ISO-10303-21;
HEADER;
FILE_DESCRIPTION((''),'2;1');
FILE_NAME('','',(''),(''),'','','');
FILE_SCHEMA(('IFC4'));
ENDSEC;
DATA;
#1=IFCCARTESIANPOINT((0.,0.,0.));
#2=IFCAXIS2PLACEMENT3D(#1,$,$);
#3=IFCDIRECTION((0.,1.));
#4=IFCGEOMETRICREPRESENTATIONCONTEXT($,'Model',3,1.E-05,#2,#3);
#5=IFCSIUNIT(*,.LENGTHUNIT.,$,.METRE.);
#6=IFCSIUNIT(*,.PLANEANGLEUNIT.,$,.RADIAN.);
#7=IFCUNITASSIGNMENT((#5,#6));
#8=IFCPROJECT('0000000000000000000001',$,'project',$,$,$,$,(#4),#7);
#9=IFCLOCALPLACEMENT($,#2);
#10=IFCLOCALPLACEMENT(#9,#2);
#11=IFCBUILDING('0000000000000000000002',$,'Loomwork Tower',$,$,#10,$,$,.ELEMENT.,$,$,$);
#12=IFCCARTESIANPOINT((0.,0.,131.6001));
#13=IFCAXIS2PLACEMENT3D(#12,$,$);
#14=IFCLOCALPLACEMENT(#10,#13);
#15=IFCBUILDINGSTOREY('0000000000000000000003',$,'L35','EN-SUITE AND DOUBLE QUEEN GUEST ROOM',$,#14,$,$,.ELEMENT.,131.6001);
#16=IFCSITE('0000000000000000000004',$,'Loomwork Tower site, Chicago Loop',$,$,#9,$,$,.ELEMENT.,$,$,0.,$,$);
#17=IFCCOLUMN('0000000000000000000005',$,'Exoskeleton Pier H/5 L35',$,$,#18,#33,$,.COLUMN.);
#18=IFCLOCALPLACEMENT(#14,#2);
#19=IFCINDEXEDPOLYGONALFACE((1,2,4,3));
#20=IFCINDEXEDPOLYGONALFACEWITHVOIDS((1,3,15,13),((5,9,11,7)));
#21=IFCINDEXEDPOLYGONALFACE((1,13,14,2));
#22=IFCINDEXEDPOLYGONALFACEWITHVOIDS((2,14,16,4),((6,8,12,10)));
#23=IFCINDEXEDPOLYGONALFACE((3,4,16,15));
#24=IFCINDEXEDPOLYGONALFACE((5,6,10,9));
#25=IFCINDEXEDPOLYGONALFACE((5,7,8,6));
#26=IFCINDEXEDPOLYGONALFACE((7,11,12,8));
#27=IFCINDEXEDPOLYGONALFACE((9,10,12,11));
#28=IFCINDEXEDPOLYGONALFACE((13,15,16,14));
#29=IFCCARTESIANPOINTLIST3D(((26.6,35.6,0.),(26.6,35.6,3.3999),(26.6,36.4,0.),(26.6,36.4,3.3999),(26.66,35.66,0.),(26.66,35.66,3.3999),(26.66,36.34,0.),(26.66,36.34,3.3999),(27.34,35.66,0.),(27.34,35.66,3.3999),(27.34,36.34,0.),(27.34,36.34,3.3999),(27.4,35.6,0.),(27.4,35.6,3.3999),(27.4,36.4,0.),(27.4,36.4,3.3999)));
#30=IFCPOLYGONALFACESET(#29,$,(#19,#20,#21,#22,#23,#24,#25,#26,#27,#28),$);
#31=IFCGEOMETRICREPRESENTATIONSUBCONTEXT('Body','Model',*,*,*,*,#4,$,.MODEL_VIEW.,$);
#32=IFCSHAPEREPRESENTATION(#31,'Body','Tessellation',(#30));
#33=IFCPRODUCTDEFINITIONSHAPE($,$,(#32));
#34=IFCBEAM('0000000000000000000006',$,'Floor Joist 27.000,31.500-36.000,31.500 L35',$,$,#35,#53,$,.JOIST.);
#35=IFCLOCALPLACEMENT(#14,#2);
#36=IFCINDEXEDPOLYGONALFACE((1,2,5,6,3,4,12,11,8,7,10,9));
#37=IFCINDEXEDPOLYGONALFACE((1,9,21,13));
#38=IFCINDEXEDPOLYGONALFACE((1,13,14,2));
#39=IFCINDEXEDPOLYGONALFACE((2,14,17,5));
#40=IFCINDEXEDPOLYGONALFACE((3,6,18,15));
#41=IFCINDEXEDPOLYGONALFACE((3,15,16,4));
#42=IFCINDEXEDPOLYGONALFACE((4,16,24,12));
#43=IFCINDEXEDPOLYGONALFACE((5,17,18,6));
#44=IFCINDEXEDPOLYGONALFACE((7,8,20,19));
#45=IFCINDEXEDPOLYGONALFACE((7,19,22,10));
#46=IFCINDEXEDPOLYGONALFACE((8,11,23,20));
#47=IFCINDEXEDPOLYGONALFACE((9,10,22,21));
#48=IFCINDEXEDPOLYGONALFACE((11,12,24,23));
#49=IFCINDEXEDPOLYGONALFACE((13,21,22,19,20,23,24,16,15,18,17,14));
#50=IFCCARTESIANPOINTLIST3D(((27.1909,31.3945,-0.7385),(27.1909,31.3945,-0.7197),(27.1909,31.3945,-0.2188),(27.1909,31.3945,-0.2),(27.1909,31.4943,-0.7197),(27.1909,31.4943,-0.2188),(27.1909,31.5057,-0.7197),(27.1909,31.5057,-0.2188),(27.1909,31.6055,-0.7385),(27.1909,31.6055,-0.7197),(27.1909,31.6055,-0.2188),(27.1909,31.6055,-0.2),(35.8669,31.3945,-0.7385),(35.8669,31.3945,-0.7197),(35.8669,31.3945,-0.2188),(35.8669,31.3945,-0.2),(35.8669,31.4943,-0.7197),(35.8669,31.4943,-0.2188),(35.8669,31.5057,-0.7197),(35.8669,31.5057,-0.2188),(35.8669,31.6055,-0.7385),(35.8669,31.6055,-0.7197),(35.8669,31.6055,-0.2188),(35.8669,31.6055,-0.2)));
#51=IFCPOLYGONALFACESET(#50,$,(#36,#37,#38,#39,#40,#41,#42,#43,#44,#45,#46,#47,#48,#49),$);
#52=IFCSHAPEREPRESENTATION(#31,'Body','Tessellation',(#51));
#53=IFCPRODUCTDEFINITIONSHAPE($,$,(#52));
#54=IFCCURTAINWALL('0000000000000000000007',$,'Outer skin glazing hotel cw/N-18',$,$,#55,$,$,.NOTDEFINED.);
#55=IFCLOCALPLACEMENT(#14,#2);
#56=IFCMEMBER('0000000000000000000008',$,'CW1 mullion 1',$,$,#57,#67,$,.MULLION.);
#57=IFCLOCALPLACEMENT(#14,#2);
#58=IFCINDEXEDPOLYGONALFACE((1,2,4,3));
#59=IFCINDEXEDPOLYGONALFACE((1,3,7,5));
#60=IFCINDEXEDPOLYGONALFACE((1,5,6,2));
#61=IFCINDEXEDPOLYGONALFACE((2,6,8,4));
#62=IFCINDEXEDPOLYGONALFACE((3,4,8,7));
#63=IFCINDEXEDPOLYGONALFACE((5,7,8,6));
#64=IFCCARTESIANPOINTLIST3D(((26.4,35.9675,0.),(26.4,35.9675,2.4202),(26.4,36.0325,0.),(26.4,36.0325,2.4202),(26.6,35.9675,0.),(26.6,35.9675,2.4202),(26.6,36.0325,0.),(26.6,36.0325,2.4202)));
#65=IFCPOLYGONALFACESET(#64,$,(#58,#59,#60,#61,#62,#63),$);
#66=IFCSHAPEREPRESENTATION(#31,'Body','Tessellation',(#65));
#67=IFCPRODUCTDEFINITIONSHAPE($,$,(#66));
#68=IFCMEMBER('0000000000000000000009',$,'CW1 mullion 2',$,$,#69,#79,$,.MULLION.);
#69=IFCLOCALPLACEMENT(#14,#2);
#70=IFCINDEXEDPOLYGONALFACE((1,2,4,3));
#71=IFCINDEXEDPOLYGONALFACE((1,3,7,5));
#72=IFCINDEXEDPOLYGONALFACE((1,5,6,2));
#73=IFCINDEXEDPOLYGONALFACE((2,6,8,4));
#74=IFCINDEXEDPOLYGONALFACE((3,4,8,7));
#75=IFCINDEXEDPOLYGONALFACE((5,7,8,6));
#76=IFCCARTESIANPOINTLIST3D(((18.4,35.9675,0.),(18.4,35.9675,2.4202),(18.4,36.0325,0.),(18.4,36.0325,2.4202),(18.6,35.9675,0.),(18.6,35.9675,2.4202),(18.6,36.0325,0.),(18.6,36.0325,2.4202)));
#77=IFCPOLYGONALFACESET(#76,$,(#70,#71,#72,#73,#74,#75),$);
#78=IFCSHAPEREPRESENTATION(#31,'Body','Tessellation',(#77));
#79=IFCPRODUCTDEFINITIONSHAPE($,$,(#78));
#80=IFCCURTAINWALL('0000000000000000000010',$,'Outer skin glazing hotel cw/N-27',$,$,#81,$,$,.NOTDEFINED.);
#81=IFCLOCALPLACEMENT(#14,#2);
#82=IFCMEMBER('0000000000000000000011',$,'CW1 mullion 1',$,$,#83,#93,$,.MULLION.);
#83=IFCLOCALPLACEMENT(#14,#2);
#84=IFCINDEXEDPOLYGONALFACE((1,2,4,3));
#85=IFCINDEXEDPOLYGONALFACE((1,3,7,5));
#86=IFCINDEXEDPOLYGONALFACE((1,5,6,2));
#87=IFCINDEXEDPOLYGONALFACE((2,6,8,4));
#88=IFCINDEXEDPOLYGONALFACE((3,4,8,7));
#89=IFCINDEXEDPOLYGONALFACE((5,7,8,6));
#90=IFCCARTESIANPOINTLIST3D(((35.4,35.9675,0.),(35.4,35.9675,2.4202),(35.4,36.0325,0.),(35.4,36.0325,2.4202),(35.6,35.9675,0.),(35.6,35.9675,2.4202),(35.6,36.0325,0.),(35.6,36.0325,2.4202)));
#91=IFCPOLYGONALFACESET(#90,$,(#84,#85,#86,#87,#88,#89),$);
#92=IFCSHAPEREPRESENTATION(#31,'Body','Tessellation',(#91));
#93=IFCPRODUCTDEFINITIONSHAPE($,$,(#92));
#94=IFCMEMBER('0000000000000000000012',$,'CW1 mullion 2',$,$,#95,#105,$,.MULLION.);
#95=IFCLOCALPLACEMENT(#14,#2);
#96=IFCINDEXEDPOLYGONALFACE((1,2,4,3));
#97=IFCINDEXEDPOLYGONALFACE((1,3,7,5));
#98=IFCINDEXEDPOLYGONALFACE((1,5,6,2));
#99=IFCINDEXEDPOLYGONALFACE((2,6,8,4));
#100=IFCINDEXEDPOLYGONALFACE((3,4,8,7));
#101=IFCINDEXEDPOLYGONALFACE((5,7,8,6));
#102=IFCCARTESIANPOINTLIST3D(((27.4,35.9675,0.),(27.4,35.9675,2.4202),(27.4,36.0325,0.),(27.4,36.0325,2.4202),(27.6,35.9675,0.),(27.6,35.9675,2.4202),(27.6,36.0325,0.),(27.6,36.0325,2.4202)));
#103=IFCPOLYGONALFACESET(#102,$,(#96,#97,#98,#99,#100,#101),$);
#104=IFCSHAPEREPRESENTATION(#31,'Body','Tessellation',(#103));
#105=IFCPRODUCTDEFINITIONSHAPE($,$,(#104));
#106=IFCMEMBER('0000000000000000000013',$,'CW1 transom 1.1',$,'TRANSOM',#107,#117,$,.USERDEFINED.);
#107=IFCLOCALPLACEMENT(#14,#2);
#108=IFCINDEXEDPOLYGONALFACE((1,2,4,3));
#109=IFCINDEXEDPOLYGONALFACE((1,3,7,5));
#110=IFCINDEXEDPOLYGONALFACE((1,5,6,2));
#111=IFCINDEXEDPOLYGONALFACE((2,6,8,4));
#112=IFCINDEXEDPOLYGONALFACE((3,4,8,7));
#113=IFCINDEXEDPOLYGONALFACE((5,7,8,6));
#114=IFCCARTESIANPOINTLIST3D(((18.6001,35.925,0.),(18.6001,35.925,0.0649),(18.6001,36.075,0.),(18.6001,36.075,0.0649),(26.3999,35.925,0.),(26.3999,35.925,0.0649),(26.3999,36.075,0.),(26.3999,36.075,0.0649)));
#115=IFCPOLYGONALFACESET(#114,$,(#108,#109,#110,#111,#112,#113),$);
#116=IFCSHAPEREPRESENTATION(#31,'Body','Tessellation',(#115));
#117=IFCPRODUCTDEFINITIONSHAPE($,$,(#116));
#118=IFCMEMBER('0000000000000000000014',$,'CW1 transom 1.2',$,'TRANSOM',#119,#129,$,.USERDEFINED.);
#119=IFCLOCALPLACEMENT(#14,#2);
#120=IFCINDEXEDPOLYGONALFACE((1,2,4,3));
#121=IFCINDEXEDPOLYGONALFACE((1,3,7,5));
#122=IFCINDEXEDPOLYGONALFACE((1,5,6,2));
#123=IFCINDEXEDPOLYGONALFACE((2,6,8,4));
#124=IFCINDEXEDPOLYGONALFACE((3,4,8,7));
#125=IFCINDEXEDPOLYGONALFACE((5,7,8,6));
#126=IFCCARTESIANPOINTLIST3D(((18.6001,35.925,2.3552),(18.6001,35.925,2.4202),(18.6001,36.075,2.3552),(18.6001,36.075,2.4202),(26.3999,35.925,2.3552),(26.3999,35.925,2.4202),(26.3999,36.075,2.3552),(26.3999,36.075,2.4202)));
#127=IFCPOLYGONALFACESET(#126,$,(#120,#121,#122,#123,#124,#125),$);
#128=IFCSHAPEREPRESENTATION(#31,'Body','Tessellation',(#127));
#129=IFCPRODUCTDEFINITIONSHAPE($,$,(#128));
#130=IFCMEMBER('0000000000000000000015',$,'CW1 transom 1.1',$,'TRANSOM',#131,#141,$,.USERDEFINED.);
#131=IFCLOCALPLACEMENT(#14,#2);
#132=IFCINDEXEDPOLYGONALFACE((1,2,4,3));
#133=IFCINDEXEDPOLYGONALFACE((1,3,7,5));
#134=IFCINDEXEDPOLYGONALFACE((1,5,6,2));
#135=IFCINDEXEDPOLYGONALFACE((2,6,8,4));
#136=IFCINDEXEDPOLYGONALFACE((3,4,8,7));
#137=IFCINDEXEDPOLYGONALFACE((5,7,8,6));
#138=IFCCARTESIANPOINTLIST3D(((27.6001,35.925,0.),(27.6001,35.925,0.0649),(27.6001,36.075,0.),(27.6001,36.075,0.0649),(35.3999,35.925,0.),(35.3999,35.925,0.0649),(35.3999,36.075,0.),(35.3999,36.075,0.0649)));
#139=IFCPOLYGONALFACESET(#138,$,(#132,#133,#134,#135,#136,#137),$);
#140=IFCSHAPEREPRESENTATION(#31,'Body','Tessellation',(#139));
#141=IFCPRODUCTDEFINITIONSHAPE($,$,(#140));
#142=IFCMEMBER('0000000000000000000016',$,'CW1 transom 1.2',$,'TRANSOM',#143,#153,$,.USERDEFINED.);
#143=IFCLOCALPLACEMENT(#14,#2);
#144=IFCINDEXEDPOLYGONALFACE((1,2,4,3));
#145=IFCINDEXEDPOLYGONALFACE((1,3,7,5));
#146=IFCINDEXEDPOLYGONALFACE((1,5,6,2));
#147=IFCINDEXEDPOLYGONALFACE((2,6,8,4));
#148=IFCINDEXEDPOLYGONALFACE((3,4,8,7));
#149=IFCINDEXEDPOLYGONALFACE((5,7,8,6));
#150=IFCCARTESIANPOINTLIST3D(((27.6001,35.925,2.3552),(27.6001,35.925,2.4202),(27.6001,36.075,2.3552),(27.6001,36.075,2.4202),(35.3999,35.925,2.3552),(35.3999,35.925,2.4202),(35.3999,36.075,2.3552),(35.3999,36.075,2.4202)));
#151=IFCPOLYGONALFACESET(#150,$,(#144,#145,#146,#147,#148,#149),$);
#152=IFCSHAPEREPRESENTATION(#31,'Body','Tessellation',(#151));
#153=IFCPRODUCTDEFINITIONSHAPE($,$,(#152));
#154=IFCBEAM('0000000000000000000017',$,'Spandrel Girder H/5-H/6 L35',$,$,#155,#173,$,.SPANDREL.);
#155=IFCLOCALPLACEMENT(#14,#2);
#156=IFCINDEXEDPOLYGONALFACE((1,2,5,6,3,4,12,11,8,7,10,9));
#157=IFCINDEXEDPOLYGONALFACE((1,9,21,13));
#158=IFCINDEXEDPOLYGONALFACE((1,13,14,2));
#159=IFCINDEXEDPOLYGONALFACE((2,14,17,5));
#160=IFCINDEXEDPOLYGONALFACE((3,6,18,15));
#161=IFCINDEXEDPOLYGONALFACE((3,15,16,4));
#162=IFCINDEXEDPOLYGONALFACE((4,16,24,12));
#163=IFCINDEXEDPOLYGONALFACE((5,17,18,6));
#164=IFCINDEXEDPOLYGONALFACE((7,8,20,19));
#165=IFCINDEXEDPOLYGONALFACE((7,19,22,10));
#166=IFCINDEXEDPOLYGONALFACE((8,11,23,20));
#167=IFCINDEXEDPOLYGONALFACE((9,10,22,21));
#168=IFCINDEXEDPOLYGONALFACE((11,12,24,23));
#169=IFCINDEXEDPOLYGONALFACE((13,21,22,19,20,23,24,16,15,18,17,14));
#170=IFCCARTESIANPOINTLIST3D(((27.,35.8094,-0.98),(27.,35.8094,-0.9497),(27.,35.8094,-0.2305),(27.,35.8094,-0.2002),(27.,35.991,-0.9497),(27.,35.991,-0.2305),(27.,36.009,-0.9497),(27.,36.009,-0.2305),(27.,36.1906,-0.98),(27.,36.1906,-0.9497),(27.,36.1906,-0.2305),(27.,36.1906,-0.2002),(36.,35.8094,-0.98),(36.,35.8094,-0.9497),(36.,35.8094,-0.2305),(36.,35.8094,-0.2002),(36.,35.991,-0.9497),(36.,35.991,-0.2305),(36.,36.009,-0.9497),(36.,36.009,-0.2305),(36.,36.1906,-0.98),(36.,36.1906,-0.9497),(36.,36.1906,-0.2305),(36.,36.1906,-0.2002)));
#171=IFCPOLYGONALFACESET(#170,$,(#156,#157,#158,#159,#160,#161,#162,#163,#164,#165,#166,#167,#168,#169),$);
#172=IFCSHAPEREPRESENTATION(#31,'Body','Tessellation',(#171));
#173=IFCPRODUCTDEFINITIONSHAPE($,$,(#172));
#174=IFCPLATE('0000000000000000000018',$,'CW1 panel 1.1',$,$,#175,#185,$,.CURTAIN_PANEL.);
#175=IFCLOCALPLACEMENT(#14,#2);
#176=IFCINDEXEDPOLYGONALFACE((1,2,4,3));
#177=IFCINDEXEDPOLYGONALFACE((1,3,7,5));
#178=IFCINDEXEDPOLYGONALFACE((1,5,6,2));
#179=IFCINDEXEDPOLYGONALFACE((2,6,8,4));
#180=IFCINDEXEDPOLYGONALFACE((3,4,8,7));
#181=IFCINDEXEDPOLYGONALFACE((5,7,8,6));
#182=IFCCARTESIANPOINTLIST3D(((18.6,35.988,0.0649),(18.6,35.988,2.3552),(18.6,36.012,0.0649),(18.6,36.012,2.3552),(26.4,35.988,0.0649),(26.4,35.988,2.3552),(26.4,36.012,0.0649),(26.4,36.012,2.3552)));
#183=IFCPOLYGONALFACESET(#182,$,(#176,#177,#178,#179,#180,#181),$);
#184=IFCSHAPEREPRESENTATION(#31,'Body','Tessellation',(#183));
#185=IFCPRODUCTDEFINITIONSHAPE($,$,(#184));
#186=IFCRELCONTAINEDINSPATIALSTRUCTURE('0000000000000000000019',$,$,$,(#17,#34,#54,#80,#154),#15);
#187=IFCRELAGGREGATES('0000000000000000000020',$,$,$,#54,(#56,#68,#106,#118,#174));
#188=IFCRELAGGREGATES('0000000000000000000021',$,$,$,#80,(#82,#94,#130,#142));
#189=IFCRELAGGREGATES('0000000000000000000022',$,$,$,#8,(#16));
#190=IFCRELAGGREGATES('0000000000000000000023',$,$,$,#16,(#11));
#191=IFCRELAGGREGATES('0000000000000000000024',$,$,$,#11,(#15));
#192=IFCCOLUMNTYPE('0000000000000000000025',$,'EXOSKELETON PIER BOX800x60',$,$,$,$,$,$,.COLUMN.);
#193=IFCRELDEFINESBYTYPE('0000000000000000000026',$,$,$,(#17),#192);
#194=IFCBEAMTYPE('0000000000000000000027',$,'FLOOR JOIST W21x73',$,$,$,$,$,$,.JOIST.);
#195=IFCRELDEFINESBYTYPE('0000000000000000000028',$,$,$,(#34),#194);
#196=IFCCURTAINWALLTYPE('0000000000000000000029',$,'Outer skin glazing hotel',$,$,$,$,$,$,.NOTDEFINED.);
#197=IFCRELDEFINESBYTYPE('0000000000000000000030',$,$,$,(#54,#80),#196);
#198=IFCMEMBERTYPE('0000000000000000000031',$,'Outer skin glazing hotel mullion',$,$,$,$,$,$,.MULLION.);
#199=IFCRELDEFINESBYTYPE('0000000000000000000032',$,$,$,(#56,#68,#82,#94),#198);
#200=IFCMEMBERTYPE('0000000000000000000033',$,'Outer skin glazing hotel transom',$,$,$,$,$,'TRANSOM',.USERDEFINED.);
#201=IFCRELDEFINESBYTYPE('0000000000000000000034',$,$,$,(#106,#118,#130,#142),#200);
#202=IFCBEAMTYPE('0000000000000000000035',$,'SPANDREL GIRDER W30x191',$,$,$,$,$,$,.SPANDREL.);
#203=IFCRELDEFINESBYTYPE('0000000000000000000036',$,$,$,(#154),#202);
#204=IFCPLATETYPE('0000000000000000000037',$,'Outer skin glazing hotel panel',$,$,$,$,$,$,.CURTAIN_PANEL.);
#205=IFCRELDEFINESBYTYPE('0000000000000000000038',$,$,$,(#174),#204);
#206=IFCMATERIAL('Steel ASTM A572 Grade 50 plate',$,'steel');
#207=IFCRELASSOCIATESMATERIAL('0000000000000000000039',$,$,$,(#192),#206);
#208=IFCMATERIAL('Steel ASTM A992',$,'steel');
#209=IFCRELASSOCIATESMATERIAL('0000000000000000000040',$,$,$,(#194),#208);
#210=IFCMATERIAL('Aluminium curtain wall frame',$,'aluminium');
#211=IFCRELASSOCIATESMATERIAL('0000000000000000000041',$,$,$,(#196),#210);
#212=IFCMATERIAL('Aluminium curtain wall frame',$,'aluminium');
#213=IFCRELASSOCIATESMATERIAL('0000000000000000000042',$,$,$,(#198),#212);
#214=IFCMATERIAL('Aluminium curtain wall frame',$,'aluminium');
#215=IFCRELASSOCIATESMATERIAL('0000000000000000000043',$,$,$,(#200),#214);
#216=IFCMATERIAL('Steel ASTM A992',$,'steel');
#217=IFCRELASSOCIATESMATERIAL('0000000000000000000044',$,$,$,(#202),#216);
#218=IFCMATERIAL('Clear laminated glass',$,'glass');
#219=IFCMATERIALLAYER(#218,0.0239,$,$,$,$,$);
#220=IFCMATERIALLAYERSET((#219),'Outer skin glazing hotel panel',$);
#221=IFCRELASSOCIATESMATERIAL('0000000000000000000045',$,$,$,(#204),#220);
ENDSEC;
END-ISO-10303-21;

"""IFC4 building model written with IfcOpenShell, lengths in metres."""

from ifc_helpers import new_model, si_unit, direction, frame, origin, origin_2d, place, context, subcontext, project, spatial, rectangle, hollow_rectangle, i_section, extrude, material, layer, layer_set, material_profile, profile_set, type_object, element, aggregate, save


model = new_model("IFC4")

# Units and contexts
model_context = context("Model", 3, precision=1e-05, world=origin(), true_north=direction((0.0, 1.0)))
body_context = subcontext(model_context, "Body", "Model", "MODEL_VIEW")
ifc_project = project(units=[si_unit("LENGTHUNIT", "METRE"), si_unit("PLANEANGLEUNIT", "RADIAN")], contexts=[model_context])

# Site, building, storey
site_placement = place(None, origin())
site = spatial("IfcSite", under=ifc_project, at=site_placement, Name="Loomwork Tower site, Chicago Loop", CompositionType="ELEMENT", RefElevation=0.0)
building_placement = place(site_placement, origin())
building = spatial("IfcBuilding", under=site, at=building_placement, Name="Loomwork Tower", CompositionType="ELEMENT")
storey_placement = place(building_placement, frame((0.0, 0.0, 131.6001)))
storey = spatial("IfcBuildingStorey", under=building, at=storey_placement, Name="L35", Description="EN-SUITE AND DOUBLE QUEEN GUEST ROOM", CompositionType="ELEMENT", Elevation=131.6001)

# Column
ifc_material_1 = material(Name="Steel ASTM A572 Grade 50 plate", Category="steel")
ifc_material_profile_1 = material_profile(ifc_material_1, hollow_rectangle(XDim=0.8, YDim=0.8, WallThickness=0.0601, at=origin_2d()), Name="BOX800x60")
ifc_profile_set_1 = profile_set([ifc_material_profile_1], Name="Steel ASTM A572 Grade 50 plate")
column_type = type_object("IfcColumnType", Name="EXOSKELETON PIER BOX800x60", PredefinedType="COLUMN", material=ifc_profile_set_1)
column_placement = place(storey_placement, frame((27.0, 36.0, 0.0), z_axis=(0.0, 0.0, 1.0), x_axis=(1.0, 0.0, 0.0)))
element("IfcColumn", 1, at=column_placement, inside=storey, type_object=column_type, Name="Exoskeleton Pier H/5 L35", PredefinedType="COLUMN", context=body_context, shape_type="SweptSolid", body=[
    extrude(hollow_rectangle(XDim=0.8, YDim=0.8, WallThickness=0.0601, at=origin_2d()), origin(), (0.0, 0.0, 1.0), 3.3999),
])

# Beam
ifc_material_2 = material(Name="Steel ASTM A992", Category="steel")
ifc_material_profile_2 = material_profile(ifc_material_2, i_section(OverallWidth=0.2109, OverallDepth=0.5386, WebThickness=0.0115, FlangeThickness=0.0188, at=origin_2d()), Name="W21x73")
ifc_profile_set_2 = profile_set([ifc_material_profile_2], Name="Steel ASTM A992")
beam_type_1 = type_object("IfcBeamType", Name="FLOOR JOIST W21x73", PredefinedType="JOIST", material=ifc_profile_set_2)
beam_1_placement = place(storey_placement, frame((27.1909, 31.5, -0.4692), z_axis=(1.0, 0.0, 0.0), x_axis=(0.0, 1.0, 0.0)))
element("IfcBeam", 2, at=beam_1_placement, inside=storey, type_object=beam_type_1, Name="Floor Joist 27.000,31.500-36.000,31.500 L35", PredefinedType="JOIST", context=body_context, shape_type="SweptSolid", body=[
    extrude(i_section(OverallWidth=0.2109, OverallDepth=0.5386, WebThickness=0.0115, FlangeThickness=0.0188, at=origin_2d()), origin(), (0.0, 0.0, 1.0), 8.676),
])

# Curtain walls, members
ifc_material_3 = material(Name="Aluminium curtain wall frame", Category="aluminium")
curtain_wall_type = type_object("IfcCurtainWallType", Name="Outer skin glazing hotel", PredefinedType="NOTDEFINED", material=ifc_material_3)
curtain_wall_1_placement = place(storey_placement, origin())
curtain_wall_1 = element("IfcCurtainWall", 3, at=curtain_wall_1_placement, inside=storey, type_object=curtain_wall_type, Name="Outer skin glazing hotel cw/N-18", PredefinedType="NOTDEFINED")
ifc_material_4 = material(Name="Aluminium curtain wall frame", Category="aluminium")
ifc_material_profile_3 = material_profile(ifc_material_4, rectangle(XDim=0.0649, YDim=0.2, at=origin_2d()), Name="AL 65x200")
ifc_profile_set_3 = profile_set([ifc_material_profile_3], Name="Aluminium curtain wall frame")
member_type_1 = type_object("IfcMemberType", Name="Outer skin glazing hotel mullion", PredefinedType="MULLION", material=ifc_profile_set_3)
member_1_placement = place(storey_placement, frame((26.5, 36.0, 0.0), z_axis=(0.0, 0.0, 1.0), x_axis=(0.0, -1.0, 0.0)))
member_1 = element("IfcMember", 4, at=member_1_placement, type_object=member_type_1, Name="CW1 mullion 1", PredefinedType="MULLION", context=body_context, shape_type="SweptSolid", body=[
    extrude(rectangle(XDim=0.0649, YDim=0.2, at=origin_2d()), origin(), (0.0, 0.0, 1.0), 2.4202),
])
member_2_placement = place(storey_placement, frame((18.5, 36.0, 0.0), z_axis=(0.0, 0.0, 1.0), x_axis=(0.0, -1.0, 0.0)))
member_2 = element("IfcMember", 5, at=member_2_placement, type_object=member_type_1, Name="CW1 mullion 2", PredefinedType="MULLION", context=body_context, shape_type="SweptSolid", body=[
    extrude(rectangle(XDim=0.0649, YDim=0.2, at=origin_2d()), origin(), (0.0, 0.0, 1.0), 2.4202),
])
curtain_wall_2_placement = place(storey_placement, origin())
curtain_wall_2 = element("IfcCurtainWall", 6, at=curtain_wall_2_placement, inside=storey, type_object=curtain_wall_type, Name="Outer skin glazing hotel cw/N-27", PredefinedType="NOTDEFINED")
member_3_placement = place(storey_placement, frame((35.5, 36.0, 0.0), z_axis=(0.0, 0.0, 1.0), x_axis=(0.0, -1.0, 0.0)))
member_3 = element("IfcMember", 7, at=member_3_placement, type_object=member_type_1, Name="CW1 mullion 1", PredefinedType="MULLION", context=body_context, shape_type="SweptSolid", body=[
    extrude(rectangle(XDim=0.0649, YDim=0.2, at=origin_2d()), origin(), (0.0, 0.0, 1.0), 2.4202),
])
member_4_placement = place(storey_placement, frame((27.5, 36.0, 0.0), z_axis=(0.0, 0.0, 1.0), x_axis=(0.0, -1.0, 0.0)))
member_4 = element("IfcMember", 8, at=member_4_placement, type_object=member_type_1, Name="CW1 mullion 2", PredefinedType="MULLION", context=body_context, shape_type="SweptSolid", body=[
    extrude(rectangle(XDim=0.0649, YDim=0.2, at=origin_2d()), origin(), (0.0, 0.0, 1.0), 2.4202),
])

# Members
ifc_material_5 = material(Name="Aluminium curtain wall frame", Category="aluminium")
ifc_material_profile_4 = material_profile(ifc_material_5, rectangle(XDim=0.1499, YDim=0.0649, at=origin_2d()), Name="AL 65x150")
ifc_profile_set_4 = profile_set([ifc_material_profile_4], Name="Aluminium curtain wall frame")
member_type_2 = type_object("IfcMemberType", Name="Outer skin glazing hotel transom", ElementType="TRANSOM", PredefinedType="USERDEFINED", material=ifc_profile_set_4)
member_5_placement = place(storey_placement, frame((26.3999, 36.0, 0.0325), z_axis=(-1.0, 0.0, 0.0), x_axis=(0.0, -1.0, 0.0)))
member_5 = element("IfcMember", 9, at=member_5_placement, type_object=member_type_2, Name="CW1 transom 1.1", ObjectType="TRANSOM", PredefinedType="USERDEFINED", context=body_context, shape_type="SweptSolid", body=[
    extrude(rectangle(XDim=0.1499, YDim=0.0649, at=origin_2d()), origin(), (0.0, 0.0, 1.0), 7.7998),
])
member_6_placement = place(storey_placement, frame((26.3999, 36.0, 2.3877), z_axis=(-1.0, 0.0, 0.0), x_axis=(0.0, -1.0, 0.0)))
member_6 = element("IfcMember", 10, at=member_6_placement, type_object=member_type_2, Name="CW1 transom 1.2", ObjectType="TRANSOM", PredefinedType="USERDEFINED", context=body_context, shape_type="SweptSolid", body=[
    extrude(rectangle(XDim=0.1499, YDim=0.0649, at=origin_2d()), origin(), (0.0, 0.0, 1.0), 7.7998),
])
member_7_placement = place(storey_placement, frame((35.3999, 36.0, 0.0325), z_axis=(-1.0, 0.0, 0.0), x_axis=(0.0, -1.0, 0.0)))
member_7 = element("IfcMember", 11, at=member_7_placement, type_object=member_type_2, Name="CW1 transom 1.1", ObjectType="TRANSOM", PredefinedType="USERDEFINED", context=body_context, shape_type="SweptSolid", body=[
    extrude(rectangle(XDim=0.1499, YDim=0.0649, at=origin_2d()), origin(), (0.0, 0.0, 1.0), 7.7998),
])
member_8_placement = place(storey_placement, frame((35.3999, 36.0, 2.3877), z_axis=(-1.0, 0.0, 0.0), x_axis=(0.0, -1.0, 0.0)))
member_8 = element("IfcMember", 12, at=member_8_placement, type_object=member_type_2, Name="CW1 transom 1.2", ObjectType="TRANSOM", PredefinedType="USERDEFINED", context=body_context, shape_type="SweptSolid", body=[
    extrude(rectangle(XDim=0.1499, YDim=0.0649, at=origin_2d()), origin(), (0.0, 0.0, 1.0), 7.7998),
])

# Beam
ifc_material_6 = material(Name="Steel ASTM A992", Category="steel")
ifc_material_profile_5 = material_profile(ifc_material_6, i_section(OverallWidth=0.3811, OverallDepth=0.7798, WebThickness=0.0181, FlangeThickness=0.0303, at=origin_2d()), Name="W30x191")
ifc_profile_set_5 = profile_set([ifc_material_profile_5], Name="Steel ASTM A992")
beam_type_2 = type_object("IfcBeamType", Name="SPANDREL GIRDER W30x191", PredefinedType="SPANDREL", material=ifc_profile_set_5)
beam_2_placement = place(storey_placement, frame((27.0, 36.0, -0.5901), z_axis=(1.0, 0.0, 0.0), x_axis=(0.0, 1.0, 0.0)))
element("IfcBeam", 13, at=beam_2_placement, inside=storey, type_object=beam_type_2, Name="Spandrel Girder H/5-H/6 L35", PredefinedType="SPANDREL", context=body_context, shape_type="SweptSolid", body=[
    extrude(i_section(OverallWidth=0.3811, OverallDepth=0.7798, WebThickness=0.0181, FlangeThickness=0.0303, at=origin_2d()), origin(), (0.0, 0.0, 1.0), 9.0),
])

# Plate
ifc_material_7 = material(Name="Clear laminated glass", Category="glass")
ifc_layer_1 = layer(ifc_material_7, 0.0239)
ifc_layer_set_1 = layer_set([ifc_layer_1], Name="Outer skin glazing hotel panel")
plate_type = type_object("IfcPlateType", Name="Outer skin glazing hotel panel", PredefinedType="CURTAIN_PANEL", material=ifc_layer_set_1)
plate_1_placement = place(storey_placement, frame((22.5, 36.0, 0.0649), z_axis=(0.0, 0.0, 1.0), x_axis=(-1.0, 0.0, 0.0)))
plate_1 = element("IfcPlate", 14, at=plate_1_placement, type_object=plate_type, Name="CW1 panel 1.1", PredefinedType="CURTAIN_PANEL", context=body_context, shape_type="SweptSolid", body=[
    extrude(rectangle(XDim=7.8, YDim=0.0239, at=origin_2d()), origin(), (0.0, 0.0, 1.0), 2.2903),
])
aggregate(curtain_wall_1, [member_1, member_2, member_5, member_6, plate_1])
aggregate(curtain_wall_2, [member_3, member_4, member_7, member_8])

save(model, "model.ifc")
